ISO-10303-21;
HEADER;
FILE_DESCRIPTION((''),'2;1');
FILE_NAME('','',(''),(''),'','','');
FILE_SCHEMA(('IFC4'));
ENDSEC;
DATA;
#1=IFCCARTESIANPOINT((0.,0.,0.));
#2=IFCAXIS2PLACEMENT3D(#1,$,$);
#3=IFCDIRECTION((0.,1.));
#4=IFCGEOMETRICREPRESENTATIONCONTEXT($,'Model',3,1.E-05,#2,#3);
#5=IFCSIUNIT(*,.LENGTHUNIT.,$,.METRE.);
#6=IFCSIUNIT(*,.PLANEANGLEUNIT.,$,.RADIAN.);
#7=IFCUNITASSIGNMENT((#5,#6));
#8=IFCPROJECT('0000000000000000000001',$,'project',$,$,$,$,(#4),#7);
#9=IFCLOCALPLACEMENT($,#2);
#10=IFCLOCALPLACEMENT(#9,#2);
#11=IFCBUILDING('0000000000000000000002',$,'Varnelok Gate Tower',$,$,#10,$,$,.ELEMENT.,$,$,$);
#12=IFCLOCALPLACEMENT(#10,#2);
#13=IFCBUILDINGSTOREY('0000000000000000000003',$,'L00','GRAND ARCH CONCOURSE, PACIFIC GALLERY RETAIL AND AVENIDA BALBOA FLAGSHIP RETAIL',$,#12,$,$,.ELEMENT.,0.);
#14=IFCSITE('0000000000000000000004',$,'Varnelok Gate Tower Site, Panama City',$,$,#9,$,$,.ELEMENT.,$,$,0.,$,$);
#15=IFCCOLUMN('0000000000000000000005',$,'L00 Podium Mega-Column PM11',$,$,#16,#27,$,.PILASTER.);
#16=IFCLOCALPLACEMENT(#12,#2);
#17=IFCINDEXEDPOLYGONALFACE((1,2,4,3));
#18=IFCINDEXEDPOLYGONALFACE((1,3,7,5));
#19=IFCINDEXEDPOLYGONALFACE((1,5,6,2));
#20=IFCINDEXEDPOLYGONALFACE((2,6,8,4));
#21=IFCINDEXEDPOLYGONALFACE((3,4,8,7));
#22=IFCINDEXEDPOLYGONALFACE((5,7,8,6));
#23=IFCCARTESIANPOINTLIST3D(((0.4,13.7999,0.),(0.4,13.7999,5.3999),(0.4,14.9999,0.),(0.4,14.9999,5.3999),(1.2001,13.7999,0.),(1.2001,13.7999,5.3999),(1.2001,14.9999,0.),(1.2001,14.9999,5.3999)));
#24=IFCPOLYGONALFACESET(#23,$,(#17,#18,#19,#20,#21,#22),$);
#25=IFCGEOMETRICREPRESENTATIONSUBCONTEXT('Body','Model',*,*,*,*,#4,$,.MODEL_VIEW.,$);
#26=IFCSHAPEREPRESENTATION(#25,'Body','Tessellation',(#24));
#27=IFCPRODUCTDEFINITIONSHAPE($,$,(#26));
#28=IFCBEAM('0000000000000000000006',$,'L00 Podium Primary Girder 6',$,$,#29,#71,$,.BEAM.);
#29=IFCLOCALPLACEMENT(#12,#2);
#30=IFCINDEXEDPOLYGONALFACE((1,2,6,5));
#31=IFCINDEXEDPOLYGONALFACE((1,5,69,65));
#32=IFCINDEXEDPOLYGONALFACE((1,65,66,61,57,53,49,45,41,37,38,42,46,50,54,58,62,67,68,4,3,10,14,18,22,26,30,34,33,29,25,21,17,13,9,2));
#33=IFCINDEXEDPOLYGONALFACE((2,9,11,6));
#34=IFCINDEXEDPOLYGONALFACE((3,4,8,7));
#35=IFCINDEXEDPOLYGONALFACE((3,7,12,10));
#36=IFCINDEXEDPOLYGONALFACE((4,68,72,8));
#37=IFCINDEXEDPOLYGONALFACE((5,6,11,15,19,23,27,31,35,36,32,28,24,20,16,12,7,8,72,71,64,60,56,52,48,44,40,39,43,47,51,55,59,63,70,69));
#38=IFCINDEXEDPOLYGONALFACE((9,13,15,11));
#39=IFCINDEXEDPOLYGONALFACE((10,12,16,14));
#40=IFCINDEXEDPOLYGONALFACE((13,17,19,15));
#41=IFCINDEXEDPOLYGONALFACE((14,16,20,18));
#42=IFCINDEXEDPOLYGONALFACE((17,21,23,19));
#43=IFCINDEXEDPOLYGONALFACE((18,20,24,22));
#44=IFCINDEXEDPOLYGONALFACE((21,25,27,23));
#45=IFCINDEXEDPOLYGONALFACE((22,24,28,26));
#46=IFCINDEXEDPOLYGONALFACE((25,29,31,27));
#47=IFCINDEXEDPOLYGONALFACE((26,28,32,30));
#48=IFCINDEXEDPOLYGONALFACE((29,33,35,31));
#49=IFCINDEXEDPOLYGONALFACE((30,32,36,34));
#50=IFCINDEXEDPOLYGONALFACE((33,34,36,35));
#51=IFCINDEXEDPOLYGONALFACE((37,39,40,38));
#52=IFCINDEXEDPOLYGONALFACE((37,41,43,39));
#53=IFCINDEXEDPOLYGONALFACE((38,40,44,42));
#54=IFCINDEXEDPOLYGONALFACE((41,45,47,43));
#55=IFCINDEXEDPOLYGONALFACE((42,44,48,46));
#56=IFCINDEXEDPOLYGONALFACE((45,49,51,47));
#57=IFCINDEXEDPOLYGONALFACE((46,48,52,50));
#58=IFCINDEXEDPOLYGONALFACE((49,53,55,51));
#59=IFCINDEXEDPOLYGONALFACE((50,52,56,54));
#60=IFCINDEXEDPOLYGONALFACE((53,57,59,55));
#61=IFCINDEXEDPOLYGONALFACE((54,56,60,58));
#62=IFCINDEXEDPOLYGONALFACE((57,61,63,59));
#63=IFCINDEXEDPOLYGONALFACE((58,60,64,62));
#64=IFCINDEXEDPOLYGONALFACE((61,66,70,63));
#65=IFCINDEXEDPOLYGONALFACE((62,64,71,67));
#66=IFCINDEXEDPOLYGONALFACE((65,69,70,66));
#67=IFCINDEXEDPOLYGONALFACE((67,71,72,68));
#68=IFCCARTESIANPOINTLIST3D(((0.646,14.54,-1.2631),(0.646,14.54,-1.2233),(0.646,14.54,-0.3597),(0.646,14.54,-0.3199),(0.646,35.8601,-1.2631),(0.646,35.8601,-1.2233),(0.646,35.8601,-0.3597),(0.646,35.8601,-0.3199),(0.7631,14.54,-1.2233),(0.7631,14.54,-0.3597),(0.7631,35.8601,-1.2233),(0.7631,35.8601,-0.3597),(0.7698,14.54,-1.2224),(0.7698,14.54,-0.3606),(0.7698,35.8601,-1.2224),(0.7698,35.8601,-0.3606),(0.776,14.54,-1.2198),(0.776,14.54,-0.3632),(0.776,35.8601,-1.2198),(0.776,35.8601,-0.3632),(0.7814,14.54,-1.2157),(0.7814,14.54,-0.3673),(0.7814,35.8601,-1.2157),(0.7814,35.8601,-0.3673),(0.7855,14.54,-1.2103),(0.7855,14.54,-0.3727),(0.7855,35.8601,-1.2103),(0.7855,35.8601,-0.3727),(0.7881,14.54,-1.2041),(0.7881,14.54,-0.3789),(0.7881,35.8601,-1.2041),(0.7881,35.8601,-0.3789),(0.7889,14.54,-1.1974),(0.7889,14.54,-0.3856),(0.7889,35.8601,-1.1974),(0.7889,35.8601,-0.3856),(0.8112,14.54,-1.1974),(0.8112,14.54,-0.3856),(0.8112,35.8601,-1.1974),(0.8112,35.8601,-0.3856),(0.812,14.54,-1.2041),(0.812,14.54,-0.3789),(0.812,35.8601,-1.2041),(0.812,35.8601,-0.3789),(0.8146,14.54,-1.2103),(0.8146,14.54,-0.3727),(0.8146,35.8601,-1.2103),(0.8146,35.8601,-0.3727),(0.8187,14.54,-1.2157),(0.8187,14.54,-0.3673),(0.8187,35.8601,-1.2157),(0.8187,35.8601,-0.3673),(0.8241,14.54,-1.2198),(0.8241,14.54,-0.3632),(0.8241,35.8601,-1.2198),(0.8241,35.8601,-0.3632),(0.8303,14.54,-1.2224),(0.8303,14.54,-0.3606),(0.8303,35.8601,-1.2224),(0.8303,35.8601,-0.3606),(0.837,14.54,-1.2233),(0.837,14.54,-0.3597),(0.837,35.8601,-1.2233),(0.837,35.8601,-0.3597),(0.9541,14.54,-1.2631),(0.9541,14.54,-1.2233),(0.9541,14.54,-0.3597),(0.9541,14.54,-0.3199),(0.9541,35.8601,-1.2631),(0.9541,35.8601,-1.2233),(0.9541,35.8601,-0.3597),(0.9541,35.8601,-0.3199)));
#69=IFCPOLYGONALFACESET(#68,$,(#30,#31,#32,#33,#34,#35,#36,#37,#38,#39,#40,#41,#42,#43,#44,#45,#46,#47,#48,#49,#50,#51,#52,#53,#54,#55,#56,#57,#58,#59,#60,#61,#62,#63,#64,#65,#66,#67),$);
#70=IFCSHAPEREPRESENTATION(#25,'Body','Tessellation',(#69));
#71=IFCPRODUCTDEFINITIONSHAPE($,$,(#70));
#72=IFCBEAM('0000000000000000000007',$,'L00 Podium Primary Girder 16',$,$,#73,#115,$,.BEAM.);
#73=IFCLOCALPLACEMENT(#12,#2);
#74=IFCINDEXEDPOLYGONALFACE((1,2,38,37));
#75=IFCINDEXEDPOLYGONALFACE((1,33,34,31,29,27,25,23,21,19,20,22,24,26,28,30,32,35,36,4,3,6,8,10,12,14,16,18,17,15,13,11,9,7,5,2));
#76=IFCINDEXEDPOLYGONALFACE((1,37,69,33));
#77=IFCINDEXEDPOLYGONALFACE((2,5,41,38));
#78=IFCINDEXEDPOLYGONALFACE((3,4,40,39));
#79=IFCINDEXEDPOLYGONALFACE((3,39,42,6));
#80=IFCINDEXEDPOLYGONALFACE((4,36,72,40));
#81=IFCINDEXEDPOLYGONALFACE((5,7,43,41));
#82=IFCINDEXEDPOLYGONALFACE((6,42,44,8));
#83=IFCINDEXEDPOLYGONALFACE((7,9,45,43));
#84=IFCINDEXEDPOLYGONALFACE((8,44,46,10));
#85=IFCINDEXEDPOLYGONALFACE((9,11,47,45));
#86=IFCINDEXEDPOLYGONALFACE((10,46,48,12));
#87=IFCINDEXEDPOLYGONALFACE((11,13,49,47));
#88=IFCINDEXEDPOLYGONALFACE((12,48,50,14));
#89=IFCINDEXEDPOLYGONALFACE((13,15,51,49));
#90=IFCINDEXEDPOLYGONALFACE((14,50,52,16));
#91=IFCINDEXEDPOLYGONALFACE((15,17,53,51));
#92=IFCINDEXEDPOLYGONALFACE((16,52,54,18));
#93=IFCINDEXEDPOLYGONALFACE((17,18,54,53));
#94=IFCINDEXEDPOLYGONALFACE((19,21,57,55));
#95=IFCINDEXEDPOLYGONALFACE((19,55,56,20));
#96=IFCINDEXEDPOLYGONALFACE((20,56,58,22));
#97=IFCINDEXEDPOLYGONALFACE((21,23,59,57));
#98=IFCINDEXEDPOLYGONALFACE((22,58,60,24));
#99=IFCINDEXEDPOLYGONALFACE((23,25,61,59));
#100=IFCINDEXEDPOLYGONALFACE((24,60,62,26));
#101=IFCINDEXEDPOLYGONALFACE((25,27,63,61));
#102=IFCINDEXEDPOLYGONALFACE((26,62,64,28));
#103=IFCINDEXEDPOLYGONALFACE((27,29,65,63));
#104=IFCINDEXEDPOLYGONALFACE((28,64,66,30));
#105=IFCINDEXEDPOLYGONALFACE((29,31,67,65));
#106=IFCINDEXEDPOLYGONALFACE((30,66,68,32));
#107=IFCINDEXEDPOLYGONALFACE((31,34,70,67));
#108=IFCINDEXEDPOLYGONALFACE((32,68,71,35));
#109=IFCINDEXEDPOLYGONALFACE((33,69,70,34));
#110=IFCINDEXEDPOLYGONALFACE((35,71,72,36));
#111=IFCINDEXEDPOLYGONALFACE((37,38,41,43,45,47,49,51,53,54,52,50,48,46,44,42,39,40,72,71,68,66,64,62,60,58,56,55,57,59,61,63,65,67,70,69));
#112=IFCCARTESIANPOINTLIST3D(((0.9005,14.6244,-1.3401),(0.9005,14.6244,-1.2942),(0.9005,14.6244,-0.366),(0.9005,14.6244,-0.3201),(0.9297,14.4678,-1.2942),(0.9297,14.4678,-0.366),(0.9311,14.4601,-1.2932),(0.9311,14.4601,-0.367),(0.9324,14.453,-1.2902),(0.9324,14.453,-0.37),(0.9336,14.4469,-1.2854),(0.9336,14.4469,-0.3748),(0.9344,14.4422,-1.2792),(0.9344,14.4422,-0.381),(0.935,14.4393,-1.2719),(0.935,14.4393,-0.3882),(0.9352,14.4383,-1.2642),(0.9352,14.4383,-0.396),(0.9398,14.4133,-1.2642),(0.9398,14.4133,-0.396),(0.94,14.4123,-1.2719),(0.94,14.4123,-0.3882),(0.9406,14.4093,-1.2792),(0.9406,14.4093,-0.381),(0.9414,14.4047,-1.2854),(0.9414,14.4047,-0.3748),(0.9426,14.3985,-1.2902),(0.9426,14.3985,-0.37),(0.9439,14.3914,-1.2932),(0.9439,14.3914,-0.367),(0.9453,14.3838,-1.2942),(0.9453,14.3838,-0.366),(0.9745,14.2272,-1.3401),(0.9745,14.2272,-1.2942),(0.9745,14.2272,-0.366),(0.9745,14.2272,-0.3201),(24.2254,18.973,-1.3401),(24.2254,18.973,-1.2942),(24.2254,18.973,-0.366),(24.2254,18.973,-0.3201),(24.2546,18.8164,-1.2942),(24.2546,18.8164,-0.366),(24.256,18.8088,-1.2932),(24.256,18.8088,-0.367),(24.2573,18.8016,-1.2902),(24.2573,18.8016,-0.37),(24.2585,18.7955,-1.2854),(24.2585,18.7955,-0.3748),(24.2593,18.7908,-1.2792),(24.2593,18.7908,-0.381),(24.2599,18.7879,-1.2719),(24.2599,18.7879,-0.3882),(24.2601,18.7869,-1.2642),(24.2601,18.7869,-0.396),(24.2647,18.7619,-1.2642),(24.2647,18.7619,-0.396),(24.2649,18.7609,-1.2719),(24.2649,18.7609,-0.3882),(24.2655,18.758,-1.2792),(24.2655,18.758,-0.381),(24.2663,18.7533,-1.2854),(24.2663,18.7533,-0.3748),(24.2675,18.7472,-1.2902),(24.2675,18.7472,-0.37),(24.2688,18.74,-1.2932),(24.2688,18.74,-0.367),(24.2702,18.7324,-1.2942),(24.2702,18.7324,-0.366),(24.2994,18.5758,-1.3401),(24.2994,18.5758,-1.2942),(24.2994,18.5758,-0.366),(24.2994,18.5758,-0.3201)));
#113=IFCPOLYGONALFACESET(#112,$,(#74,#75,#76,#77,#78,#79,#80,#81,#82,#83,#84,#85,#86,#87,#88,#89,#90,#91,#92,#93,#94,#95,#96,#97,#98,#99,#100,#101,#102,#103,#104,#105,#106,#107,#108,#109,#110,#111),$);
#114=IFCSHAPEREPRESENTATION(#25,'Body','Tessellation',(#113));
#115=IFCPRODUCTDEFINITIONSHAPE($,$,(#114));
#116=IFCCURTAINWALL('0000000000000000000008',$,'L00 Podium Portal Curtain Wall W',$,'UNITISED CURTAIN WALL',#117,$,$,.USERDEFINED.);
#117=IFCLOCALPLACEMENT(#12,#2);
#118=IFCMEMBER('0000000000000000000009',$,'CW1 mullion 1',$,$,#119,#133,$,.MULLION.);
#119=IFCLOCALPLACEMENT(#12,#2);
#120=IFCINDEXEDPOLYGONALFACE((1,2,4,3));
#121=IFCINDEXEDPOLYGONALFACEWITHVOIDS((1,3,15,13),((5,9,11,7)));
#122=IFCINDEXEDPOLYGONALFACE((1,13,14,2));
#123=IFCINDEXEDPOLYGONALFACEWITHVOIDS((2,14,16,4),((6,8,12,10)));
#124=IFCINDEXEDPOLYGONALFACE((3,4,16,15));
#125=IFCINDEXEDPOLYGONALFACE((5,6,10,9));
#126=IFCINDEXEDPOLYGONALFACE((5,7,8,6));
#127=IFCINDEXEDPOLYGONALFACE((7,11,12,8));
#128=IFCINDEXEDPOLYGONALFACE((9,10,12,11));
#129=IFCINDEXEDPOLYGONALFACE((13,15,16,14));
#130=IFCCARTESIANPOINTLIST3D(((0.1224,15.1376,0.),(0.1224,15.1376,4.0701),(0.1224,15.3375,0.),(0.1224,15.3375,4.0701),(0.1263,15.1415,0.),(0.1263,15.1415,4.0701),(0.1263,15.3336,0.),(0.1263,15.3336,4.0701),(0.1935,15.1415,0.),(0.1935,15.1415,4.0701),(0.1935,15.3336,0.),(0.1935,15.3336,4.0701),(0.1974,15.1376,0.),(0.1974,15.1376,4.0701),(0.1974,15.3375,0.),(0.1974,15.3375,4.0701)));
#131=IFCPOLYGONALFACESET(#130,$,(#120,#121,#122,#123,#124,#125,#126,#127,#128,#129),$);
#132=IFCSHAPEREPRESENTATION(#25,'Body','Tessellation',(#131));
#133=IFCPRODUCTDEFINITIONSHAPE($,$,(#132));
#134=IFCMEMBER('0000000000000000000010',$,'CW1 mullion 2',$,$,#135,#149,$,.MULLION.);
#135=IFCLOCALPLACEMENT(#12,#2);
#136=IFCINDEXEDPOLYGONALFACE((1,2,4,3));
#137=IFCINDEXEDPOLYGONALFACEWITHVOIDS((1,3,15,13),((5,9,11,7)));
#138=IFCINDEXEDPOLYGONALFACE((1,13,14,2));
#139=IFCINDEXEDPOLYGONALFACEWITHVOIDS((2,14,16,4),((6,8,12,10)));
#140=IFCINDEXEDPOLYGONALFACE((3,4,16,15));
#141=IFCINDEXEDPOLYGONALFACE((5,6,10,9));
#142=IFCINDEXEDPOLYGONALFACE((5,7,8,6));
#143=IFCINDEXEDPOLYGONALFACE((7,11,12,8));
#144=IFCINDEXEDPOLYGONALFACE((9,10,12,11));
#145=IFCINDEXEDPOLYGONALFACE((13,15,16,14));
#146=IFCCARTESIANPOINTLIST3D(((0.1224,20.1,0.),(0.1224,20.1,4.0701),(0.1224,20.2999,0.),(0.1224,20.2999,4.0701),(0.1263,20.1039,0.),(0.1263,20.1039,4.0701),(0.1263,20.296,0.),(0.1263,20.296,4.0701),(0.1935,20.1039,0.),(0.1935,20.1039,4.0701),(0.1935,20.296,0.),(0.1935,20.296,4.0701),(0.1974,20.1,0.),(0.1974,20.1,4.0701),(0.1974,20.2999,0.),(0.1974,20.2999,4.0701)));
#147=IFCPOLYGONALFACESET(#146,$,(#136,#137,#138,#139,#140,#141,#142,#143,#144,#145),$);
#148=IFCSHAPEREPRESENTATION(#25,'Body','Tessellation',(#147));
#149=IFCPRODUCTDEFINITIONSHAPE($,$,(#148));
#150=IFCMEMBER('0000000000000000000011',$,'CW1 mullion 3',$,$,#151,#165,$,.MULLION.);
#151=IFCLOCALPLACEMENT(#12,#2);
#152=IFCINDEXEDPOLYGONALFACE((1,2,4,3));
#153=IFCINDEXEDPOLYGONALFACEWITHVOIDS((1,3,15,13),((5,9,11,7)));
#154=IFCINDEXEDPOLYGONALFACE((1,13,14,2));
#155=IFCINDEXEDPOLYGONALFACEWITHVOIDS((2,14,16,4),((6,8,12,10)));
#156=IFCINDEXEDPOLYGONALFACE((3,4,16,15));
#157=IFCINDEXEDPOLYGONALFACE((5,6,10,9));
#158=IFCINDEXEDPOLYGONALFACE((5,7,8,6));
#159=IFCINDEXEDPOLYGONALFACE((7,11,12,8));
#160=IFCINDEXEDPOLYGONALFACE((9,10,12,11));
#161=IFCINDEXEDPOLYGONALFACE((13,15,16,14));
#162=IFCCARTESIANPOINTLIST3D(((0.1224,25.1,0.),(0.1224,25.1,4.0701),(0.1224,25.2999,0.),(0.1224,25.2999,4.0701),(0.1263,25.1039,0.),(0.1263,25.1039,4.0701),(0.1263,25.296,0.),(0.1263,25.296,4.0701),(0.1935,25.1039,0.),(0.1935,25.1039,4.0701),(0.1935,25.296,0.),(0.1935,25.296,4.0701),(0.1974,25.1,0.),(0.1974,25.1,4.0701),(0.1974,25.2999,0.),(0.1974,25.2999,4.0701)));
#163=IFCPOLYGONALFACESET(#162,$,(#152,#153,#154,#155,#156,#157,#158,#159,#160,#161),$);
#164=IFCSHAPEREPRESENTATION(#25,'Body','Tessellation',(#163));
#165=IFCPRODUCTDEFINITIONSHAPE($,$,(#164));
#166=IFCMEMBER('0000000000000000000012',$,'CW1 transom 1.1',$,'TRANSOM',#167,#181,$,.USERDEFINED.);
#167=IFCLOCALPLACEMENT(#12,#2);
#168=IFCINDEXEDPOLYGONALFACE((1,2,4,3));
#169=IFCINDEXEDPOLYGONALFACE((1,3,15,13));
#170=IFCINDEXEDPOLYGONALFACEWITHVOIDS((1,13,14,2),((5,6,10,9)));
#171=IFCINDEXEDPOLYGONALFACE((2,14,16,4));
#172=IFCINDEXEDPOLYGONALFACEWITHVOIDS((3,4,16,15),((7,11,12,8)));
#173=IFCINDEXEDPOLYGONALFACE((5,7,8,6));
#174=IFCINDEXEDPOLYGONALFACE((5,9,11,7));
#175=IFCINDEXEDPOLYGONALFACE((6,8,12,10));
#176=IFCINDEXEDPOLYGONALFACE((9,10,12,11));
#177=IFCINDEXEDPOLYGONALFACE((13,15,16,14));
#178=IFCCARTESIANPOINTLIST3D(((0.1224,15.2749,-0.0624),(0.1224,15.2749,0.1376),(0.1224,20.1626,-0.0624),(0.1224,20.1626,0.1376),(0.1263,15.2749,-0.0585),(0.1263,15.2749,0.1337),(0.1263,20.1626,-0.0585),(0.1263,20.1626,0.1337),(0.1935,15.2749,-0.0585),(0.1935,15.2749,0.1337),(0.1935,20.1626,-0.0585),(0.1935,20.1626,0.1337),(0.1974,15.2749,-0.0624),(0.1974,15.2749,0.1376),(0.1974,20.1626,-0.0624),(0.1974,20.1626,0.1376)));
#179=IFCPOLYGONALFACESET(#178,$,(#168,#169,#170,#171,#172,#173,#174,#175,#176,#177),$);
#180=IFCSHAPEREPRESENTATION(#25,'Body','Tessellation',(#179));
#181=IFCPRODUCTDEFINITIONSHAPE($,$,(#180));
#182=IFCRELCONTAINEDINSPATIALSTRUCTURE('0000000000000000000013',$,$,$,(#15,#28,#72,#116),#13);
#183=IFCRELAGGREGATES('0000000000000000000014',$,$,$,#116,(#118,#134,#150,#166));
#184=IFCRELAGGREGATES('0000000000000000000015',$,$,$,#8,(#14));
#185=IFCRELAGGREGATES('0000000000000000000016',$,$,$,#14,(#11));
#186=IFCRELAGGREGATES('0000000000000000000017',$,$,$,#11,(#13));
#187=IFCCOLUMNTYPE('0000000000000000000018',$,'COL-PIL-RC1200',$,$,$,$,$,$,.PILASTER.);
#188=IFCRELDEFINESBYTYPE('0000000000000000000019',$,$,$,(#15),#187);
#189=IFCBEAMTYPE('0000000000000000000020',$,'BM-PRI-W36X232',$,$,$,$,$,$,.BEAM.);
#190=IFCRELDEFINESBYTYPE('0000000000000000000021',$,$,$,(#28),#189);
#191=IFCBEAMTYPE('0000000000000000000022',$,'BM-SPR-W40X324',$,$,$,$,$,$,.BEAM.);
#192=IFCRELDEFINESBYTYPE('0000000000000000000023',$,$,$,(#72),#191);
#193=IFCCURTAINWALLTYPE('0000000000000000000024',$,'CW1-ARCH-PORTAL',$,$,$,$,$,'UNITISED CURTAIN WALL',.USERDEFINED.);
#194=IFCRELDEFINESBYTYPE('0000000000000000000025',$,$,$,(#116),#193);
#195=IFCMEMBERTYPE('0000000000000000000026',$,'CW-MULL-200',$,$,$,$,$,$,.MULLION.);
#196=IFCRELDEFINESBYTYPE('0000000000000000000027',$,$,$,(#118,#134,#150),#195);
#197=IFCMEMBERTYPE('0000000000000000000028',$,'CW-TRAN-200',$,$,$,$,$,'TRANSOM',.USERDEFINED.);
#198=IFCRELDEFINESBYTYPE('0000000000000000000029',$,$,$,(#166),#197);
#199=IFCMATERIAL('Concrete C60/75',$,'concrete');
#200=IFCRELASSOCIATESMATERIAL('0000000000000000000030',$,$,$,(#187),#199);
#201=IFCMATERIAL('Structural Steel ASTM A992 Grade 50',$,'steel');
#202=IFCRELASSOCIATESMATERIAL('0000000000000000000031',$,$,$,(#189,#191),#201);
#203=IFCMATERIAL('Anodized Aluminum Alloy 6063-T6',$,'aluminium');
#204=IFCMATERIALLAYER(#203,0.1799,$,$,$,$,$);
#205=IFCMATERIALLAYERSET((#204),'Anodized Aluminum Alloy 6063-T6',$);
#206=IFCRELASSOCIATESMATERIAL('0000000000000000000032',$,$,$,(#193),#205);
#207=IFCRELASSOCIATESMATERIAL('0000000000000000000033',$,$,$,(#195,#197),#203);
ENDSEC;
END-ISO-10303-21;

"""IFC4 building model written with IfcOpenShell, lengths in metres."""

from ifc_helpers import new_model, si_unit, direction, frame, origin, origin_2d, place, context, subcontext, project, spatial, rectangle, hollow_rectangle, i_section, extrude, material, layer, layer_set, material_profile, profile_set, type_object, element, aggregate, save


model = new_model("IFC4")

# Units and contexts
model_context = context("Model", 3, precision=1e-05, world=origin(), true_north=direction((0.0, 1.0)))
body_context = subcontext(model_context, "Body", "Model", "MODEL_VIEW")
ifc_project = project(units=[si_unit("LENGTHUNIT", "METRE"), si_unit("PLANEANGLEUNIT", "RADIAN")], contexts=[model_context])

# Site, building, storey
site_placement = place(None, origin())
site = spatial("IfcSite", under=ifc_project, at=site_placement, Name="Varnelok Gate Tower Site, Panama City", CompositionType="ELEMENT", RefElevation=0.0)
building_placement = place(site_placement, origin())
building = spatial("IfcBuilding", under=site, at=building_placement, Name="Varnelok Gate Tower", CompositionType="ELEMENT")
storey_placement = place(building_placement, origin())
storey = spatial("IfcBuildingStorey", under=building, at=storey_placement, Name="L00", Description="GRAND ARCH CONCOURSE, PACIFIC GALLERY RETAIL AND AVENIDA BALBOA FLAGSHIP RETAIL", CompositionType="ELEMENT", Elevation=0.0)

# Column
ifc_material_1 = material(Name="Concrete C60/75", Category="concrete")
ifc_material_profile_1 = material_profile(ifc_material_1, rectangle(XDim=0.8, YDim=1.2, at=origin_2d()), Name="RC1200X800")
ifc_profile_set_1 = profile_set([ifc_material_profile_1], Name="Concrete C60/75")
column_type = type_object("IfcColumnType", Name="COL-PIL-RC1200", PredefinedType="PILASTER", material=ifc_profile_set_1)
column_placement = place(storey_placement, frame((0.8, 14.3999, 0.0), z_axis=(0.0, 0.0, 1.0), x_axis=(1.0, 0.0, 0.0)))
element("IfcColumn", 1, at=column_placement, inside=storey, type_object=column_type, Name="L00 Podium Mega-Column PM11", PredefinedType="PILASTER", context=body_context, shape_type="SweptSolid", body=[
    extrude(rectangle(XDim=0.8, YDim=1.2, at=origin_2d()), origin(), (0.0, 0.0, 1.0), 5.3999),
])

# Beams
ifc_material_2 = material(Name="Structural Steel ASTM A992 Grade 50", Category="steel")
ifc_material_profile_2 = material_profile(ifc_material_2, i_section(OverallWidth=0.3081, OverallDepth=0.9431, WebThickness=0.0222, FlangeThickness=0.0398, FilletRadius=0.0259, at=origin_2d()), Name="W36X232")
ifc_profile_set_2 = profile_set([ifc_material_profile_2], Name="Structural Steel ASTM A992 Grade 50")
beam_type_1 = type_object("IfcBeamType", Name="BM-PRI-W36X232", PredefinedType="BEAM", material=ifc_profile_set_2)
beam_1_placement = place(storey_placement, frame((0.8, 14.54, -0.7915), z_axis=(0.0, 1.0, 0.0), x_axis=(-1.0, 0.0, 0.0)))
element("IfcBeam", 2, at=beam_1_placement, inside=storey, type_object=beam_type_1, Name="L00 Podium Primary Girder 6", PredefinedType="BEAM", context=body_context, shape_type="SweptSolid", body=[
    extrude(i_section(OverallWidth=0.3081, OverallDepth=0.9431, WebThickness=0.0222, FlangeThickness=0.0398, FilletRadius=0.0259, at=origin_2d()), origin(), (0.0, 0.0, 1.0), 21.3201),
])
ifc_material_profile_3 = material_profile(ifc_material_2, i_section(OverallWidth=0.4041, OverallDepth=1.02, WebThickness=0.0254, FlangeThickness=0.0459, FilletRadius=0.03, at=origin_2d()), Name="W40X324")
ifc_profile_set_3 = profile_set([ifc_material_profile_3], Name="Structural Steel ASTM A992 Grade 50")
beam_type_2 = type_object("IfcBeamType", Name="BM-SPR-W40X324", PredefinedType="BEAM", material=ifc_profile_set_3)
beam_2_placement = place(storey_placement, frame((0.9375, 14.4258, -0.8301), z_axis=(0.983061, 0.183279, 0.0), x_axis=(-0.183279, 0.983061, 0.0)))
element("IfcBeam", 3, at=beam_2_placement, inside=storey, type_object=beam_type_2, Name="L00 Podium Primary Girder 16", PredefinedType="BEAM", context=body_context, shape_type="SweptSolid", body=[
    extrude(i_section(OverallWidth=0.4041, OverallDepth=1.02, WebThickness=0.0254, FlangeThickness=0.0459, FilletRadius=0.03, at=origin_2d()), origin(), (0.0, 0.0, 1.0), 23.7268),
])

# Curtain wall, members
ifc_material_3 = material(Name="Anodized Aluminum Alloy 6063-T6", Category="aluminium")
ifc_layer_1 = layer(ifc_material_3, 0.1799)
ifc_layer_set_1 = layer_set([ifc_layer_1], Name="Anodized Aluminum Alloy 6063-T6")
curtain_wall_type = type_object("IfcCurtainWallType", Name="CW1-ARCH-PORTAL", ElementType="UNITISED CURTAIN WALL", PredefinedType="USERDEFINED", material=ifc_layer_set_1)
curtain_wall_placement = place(storey_placement, origin())
curtain_wall = element("IfcCurtainWall", 4, at=curtain_wall_placement, inside=storey, type_object=curtain_wall_type, Name="L00 Podium Portal Curtain Wall W", ObjectType="UNITISED CURTAIN WALL", PredefinedType="USERDEFINED")
ifc_material_profile_4 = material_profile(ifc_material_3, hollow_rectangle(XDim=0.075, YDim=0.2, WallThickness=0.0039, at=origin_2d()), Name="ALU200X75X4")
ifc_profile_set_4 = profile_set([ifc_material_profile_4], Name="Anodized Aluminum Alloy 6063-T6")
member_type_1 = type_object("IfcMemberType", Name="CW-MULL-200", PredefinedType="MULLION", material=ifc_profile_set_4)
member_1_placement = place(storey_placement, frame((0.1599, 15.2375, 0.0), z_axis=(0.0, 0.0, 1.0), x_axis=(-1.0, 0.0, 0.0)))
member_1 = element("IfcMember", 5, at=member_1_placement, type_object=member_type_1, Name="CW1 mullion 1", PredefinedType="MULLION", context=body_context, shape_type="SweptSolid", body=[
    extrude(hollow_rectangle(XDim=0.075, YDim=0.2, WallThickness=0.0039, at=origin_2d()), origin(), (0.0, 0.0, 1.0), 4.0701),
])
member_2_placement = place(storey_placement, frame((0.1599, 20.2, 0.0), z_axis=(0.0, 0.0, 1.0), x_axis=(-1.0, 0.0, 0.0)))
member_2 = element("IfcMember", 6, at=member_2_placement, type_object=member_type_1, Name="CW1 mullion 2", PredefinedType="MULLION", context=body_context, shape_type="SweptSolid", body=[
    extrude(hollow_rectangle(XDim=0.075, YDim=0.2, WallThickness=0.0039, at=origin_2d()), origin(), (0.0, 0.0, 1.0), 4.0701),
])
member_3_placement = place(storey_placement, frame((0.1599, 25.2, 0.0), z_axis=(0.0, 0.0, 1.0), x_axis=(-1.0, 0.0, 0.0)))
member_3 = element("IfcMember", 7, at=member_3_placement, type_object=member_type_1, Name="CW1 mullion 3", PredefinedType="MULLION", context=body_context, shape_type="SweptSolid", body=[
    extrude(hollow_rectangle(XDim=0.075, YDim=0.2, WallThickness=0.0039, at=origin_2d()), origin(), (0.0, 0.0, 1.0), 4.0701),
])
ifc_material_profile_5 = material_profile(ifc_material_3, hollow_rectangle(XDim=0.075, YDim=0.2, WallThickness=0.0039, at=origin_2d()), Name="ALU200X75X4")
ifc_profile_set_5 = profile_set([ifc_material_profile_5], Name="Anodized Aluminum Alloy 6063-T6")
member_type_2 = type_object("IfcMemberType", Name="CW-TRAN-200", ElementType="TRANSOM", PredefinedType="USERDEFINED", material=ifc_profile_set_5)
member_4_placement = place(storey_placement, frame((0.1599, 15.2749, 0.0376), z_axis=(0.0, 1.0, 0.0), x_axis=(-1.0, 0.0, 0.0)))
member_4 = element("IfcMember", 8, at=member_4_placement, type_object=member_type_2, Name="CW1 transom 1.1", ObjectType="TRANSOM", PredefinedType="USERDEFINED", context=body_context, shape_type="SweptSolid", body=[
    extrude(hollow_rectangle(XDim=0.075, YDim=0.2, WallThickness=0.0039, at=origin_2d()), origin(), (0.0, 0.0, 1.0), 4.8877),
])

aggregate(curtain_wall, [member_1, member_2, member_3, member_4])

save(model, "model.ifc")
